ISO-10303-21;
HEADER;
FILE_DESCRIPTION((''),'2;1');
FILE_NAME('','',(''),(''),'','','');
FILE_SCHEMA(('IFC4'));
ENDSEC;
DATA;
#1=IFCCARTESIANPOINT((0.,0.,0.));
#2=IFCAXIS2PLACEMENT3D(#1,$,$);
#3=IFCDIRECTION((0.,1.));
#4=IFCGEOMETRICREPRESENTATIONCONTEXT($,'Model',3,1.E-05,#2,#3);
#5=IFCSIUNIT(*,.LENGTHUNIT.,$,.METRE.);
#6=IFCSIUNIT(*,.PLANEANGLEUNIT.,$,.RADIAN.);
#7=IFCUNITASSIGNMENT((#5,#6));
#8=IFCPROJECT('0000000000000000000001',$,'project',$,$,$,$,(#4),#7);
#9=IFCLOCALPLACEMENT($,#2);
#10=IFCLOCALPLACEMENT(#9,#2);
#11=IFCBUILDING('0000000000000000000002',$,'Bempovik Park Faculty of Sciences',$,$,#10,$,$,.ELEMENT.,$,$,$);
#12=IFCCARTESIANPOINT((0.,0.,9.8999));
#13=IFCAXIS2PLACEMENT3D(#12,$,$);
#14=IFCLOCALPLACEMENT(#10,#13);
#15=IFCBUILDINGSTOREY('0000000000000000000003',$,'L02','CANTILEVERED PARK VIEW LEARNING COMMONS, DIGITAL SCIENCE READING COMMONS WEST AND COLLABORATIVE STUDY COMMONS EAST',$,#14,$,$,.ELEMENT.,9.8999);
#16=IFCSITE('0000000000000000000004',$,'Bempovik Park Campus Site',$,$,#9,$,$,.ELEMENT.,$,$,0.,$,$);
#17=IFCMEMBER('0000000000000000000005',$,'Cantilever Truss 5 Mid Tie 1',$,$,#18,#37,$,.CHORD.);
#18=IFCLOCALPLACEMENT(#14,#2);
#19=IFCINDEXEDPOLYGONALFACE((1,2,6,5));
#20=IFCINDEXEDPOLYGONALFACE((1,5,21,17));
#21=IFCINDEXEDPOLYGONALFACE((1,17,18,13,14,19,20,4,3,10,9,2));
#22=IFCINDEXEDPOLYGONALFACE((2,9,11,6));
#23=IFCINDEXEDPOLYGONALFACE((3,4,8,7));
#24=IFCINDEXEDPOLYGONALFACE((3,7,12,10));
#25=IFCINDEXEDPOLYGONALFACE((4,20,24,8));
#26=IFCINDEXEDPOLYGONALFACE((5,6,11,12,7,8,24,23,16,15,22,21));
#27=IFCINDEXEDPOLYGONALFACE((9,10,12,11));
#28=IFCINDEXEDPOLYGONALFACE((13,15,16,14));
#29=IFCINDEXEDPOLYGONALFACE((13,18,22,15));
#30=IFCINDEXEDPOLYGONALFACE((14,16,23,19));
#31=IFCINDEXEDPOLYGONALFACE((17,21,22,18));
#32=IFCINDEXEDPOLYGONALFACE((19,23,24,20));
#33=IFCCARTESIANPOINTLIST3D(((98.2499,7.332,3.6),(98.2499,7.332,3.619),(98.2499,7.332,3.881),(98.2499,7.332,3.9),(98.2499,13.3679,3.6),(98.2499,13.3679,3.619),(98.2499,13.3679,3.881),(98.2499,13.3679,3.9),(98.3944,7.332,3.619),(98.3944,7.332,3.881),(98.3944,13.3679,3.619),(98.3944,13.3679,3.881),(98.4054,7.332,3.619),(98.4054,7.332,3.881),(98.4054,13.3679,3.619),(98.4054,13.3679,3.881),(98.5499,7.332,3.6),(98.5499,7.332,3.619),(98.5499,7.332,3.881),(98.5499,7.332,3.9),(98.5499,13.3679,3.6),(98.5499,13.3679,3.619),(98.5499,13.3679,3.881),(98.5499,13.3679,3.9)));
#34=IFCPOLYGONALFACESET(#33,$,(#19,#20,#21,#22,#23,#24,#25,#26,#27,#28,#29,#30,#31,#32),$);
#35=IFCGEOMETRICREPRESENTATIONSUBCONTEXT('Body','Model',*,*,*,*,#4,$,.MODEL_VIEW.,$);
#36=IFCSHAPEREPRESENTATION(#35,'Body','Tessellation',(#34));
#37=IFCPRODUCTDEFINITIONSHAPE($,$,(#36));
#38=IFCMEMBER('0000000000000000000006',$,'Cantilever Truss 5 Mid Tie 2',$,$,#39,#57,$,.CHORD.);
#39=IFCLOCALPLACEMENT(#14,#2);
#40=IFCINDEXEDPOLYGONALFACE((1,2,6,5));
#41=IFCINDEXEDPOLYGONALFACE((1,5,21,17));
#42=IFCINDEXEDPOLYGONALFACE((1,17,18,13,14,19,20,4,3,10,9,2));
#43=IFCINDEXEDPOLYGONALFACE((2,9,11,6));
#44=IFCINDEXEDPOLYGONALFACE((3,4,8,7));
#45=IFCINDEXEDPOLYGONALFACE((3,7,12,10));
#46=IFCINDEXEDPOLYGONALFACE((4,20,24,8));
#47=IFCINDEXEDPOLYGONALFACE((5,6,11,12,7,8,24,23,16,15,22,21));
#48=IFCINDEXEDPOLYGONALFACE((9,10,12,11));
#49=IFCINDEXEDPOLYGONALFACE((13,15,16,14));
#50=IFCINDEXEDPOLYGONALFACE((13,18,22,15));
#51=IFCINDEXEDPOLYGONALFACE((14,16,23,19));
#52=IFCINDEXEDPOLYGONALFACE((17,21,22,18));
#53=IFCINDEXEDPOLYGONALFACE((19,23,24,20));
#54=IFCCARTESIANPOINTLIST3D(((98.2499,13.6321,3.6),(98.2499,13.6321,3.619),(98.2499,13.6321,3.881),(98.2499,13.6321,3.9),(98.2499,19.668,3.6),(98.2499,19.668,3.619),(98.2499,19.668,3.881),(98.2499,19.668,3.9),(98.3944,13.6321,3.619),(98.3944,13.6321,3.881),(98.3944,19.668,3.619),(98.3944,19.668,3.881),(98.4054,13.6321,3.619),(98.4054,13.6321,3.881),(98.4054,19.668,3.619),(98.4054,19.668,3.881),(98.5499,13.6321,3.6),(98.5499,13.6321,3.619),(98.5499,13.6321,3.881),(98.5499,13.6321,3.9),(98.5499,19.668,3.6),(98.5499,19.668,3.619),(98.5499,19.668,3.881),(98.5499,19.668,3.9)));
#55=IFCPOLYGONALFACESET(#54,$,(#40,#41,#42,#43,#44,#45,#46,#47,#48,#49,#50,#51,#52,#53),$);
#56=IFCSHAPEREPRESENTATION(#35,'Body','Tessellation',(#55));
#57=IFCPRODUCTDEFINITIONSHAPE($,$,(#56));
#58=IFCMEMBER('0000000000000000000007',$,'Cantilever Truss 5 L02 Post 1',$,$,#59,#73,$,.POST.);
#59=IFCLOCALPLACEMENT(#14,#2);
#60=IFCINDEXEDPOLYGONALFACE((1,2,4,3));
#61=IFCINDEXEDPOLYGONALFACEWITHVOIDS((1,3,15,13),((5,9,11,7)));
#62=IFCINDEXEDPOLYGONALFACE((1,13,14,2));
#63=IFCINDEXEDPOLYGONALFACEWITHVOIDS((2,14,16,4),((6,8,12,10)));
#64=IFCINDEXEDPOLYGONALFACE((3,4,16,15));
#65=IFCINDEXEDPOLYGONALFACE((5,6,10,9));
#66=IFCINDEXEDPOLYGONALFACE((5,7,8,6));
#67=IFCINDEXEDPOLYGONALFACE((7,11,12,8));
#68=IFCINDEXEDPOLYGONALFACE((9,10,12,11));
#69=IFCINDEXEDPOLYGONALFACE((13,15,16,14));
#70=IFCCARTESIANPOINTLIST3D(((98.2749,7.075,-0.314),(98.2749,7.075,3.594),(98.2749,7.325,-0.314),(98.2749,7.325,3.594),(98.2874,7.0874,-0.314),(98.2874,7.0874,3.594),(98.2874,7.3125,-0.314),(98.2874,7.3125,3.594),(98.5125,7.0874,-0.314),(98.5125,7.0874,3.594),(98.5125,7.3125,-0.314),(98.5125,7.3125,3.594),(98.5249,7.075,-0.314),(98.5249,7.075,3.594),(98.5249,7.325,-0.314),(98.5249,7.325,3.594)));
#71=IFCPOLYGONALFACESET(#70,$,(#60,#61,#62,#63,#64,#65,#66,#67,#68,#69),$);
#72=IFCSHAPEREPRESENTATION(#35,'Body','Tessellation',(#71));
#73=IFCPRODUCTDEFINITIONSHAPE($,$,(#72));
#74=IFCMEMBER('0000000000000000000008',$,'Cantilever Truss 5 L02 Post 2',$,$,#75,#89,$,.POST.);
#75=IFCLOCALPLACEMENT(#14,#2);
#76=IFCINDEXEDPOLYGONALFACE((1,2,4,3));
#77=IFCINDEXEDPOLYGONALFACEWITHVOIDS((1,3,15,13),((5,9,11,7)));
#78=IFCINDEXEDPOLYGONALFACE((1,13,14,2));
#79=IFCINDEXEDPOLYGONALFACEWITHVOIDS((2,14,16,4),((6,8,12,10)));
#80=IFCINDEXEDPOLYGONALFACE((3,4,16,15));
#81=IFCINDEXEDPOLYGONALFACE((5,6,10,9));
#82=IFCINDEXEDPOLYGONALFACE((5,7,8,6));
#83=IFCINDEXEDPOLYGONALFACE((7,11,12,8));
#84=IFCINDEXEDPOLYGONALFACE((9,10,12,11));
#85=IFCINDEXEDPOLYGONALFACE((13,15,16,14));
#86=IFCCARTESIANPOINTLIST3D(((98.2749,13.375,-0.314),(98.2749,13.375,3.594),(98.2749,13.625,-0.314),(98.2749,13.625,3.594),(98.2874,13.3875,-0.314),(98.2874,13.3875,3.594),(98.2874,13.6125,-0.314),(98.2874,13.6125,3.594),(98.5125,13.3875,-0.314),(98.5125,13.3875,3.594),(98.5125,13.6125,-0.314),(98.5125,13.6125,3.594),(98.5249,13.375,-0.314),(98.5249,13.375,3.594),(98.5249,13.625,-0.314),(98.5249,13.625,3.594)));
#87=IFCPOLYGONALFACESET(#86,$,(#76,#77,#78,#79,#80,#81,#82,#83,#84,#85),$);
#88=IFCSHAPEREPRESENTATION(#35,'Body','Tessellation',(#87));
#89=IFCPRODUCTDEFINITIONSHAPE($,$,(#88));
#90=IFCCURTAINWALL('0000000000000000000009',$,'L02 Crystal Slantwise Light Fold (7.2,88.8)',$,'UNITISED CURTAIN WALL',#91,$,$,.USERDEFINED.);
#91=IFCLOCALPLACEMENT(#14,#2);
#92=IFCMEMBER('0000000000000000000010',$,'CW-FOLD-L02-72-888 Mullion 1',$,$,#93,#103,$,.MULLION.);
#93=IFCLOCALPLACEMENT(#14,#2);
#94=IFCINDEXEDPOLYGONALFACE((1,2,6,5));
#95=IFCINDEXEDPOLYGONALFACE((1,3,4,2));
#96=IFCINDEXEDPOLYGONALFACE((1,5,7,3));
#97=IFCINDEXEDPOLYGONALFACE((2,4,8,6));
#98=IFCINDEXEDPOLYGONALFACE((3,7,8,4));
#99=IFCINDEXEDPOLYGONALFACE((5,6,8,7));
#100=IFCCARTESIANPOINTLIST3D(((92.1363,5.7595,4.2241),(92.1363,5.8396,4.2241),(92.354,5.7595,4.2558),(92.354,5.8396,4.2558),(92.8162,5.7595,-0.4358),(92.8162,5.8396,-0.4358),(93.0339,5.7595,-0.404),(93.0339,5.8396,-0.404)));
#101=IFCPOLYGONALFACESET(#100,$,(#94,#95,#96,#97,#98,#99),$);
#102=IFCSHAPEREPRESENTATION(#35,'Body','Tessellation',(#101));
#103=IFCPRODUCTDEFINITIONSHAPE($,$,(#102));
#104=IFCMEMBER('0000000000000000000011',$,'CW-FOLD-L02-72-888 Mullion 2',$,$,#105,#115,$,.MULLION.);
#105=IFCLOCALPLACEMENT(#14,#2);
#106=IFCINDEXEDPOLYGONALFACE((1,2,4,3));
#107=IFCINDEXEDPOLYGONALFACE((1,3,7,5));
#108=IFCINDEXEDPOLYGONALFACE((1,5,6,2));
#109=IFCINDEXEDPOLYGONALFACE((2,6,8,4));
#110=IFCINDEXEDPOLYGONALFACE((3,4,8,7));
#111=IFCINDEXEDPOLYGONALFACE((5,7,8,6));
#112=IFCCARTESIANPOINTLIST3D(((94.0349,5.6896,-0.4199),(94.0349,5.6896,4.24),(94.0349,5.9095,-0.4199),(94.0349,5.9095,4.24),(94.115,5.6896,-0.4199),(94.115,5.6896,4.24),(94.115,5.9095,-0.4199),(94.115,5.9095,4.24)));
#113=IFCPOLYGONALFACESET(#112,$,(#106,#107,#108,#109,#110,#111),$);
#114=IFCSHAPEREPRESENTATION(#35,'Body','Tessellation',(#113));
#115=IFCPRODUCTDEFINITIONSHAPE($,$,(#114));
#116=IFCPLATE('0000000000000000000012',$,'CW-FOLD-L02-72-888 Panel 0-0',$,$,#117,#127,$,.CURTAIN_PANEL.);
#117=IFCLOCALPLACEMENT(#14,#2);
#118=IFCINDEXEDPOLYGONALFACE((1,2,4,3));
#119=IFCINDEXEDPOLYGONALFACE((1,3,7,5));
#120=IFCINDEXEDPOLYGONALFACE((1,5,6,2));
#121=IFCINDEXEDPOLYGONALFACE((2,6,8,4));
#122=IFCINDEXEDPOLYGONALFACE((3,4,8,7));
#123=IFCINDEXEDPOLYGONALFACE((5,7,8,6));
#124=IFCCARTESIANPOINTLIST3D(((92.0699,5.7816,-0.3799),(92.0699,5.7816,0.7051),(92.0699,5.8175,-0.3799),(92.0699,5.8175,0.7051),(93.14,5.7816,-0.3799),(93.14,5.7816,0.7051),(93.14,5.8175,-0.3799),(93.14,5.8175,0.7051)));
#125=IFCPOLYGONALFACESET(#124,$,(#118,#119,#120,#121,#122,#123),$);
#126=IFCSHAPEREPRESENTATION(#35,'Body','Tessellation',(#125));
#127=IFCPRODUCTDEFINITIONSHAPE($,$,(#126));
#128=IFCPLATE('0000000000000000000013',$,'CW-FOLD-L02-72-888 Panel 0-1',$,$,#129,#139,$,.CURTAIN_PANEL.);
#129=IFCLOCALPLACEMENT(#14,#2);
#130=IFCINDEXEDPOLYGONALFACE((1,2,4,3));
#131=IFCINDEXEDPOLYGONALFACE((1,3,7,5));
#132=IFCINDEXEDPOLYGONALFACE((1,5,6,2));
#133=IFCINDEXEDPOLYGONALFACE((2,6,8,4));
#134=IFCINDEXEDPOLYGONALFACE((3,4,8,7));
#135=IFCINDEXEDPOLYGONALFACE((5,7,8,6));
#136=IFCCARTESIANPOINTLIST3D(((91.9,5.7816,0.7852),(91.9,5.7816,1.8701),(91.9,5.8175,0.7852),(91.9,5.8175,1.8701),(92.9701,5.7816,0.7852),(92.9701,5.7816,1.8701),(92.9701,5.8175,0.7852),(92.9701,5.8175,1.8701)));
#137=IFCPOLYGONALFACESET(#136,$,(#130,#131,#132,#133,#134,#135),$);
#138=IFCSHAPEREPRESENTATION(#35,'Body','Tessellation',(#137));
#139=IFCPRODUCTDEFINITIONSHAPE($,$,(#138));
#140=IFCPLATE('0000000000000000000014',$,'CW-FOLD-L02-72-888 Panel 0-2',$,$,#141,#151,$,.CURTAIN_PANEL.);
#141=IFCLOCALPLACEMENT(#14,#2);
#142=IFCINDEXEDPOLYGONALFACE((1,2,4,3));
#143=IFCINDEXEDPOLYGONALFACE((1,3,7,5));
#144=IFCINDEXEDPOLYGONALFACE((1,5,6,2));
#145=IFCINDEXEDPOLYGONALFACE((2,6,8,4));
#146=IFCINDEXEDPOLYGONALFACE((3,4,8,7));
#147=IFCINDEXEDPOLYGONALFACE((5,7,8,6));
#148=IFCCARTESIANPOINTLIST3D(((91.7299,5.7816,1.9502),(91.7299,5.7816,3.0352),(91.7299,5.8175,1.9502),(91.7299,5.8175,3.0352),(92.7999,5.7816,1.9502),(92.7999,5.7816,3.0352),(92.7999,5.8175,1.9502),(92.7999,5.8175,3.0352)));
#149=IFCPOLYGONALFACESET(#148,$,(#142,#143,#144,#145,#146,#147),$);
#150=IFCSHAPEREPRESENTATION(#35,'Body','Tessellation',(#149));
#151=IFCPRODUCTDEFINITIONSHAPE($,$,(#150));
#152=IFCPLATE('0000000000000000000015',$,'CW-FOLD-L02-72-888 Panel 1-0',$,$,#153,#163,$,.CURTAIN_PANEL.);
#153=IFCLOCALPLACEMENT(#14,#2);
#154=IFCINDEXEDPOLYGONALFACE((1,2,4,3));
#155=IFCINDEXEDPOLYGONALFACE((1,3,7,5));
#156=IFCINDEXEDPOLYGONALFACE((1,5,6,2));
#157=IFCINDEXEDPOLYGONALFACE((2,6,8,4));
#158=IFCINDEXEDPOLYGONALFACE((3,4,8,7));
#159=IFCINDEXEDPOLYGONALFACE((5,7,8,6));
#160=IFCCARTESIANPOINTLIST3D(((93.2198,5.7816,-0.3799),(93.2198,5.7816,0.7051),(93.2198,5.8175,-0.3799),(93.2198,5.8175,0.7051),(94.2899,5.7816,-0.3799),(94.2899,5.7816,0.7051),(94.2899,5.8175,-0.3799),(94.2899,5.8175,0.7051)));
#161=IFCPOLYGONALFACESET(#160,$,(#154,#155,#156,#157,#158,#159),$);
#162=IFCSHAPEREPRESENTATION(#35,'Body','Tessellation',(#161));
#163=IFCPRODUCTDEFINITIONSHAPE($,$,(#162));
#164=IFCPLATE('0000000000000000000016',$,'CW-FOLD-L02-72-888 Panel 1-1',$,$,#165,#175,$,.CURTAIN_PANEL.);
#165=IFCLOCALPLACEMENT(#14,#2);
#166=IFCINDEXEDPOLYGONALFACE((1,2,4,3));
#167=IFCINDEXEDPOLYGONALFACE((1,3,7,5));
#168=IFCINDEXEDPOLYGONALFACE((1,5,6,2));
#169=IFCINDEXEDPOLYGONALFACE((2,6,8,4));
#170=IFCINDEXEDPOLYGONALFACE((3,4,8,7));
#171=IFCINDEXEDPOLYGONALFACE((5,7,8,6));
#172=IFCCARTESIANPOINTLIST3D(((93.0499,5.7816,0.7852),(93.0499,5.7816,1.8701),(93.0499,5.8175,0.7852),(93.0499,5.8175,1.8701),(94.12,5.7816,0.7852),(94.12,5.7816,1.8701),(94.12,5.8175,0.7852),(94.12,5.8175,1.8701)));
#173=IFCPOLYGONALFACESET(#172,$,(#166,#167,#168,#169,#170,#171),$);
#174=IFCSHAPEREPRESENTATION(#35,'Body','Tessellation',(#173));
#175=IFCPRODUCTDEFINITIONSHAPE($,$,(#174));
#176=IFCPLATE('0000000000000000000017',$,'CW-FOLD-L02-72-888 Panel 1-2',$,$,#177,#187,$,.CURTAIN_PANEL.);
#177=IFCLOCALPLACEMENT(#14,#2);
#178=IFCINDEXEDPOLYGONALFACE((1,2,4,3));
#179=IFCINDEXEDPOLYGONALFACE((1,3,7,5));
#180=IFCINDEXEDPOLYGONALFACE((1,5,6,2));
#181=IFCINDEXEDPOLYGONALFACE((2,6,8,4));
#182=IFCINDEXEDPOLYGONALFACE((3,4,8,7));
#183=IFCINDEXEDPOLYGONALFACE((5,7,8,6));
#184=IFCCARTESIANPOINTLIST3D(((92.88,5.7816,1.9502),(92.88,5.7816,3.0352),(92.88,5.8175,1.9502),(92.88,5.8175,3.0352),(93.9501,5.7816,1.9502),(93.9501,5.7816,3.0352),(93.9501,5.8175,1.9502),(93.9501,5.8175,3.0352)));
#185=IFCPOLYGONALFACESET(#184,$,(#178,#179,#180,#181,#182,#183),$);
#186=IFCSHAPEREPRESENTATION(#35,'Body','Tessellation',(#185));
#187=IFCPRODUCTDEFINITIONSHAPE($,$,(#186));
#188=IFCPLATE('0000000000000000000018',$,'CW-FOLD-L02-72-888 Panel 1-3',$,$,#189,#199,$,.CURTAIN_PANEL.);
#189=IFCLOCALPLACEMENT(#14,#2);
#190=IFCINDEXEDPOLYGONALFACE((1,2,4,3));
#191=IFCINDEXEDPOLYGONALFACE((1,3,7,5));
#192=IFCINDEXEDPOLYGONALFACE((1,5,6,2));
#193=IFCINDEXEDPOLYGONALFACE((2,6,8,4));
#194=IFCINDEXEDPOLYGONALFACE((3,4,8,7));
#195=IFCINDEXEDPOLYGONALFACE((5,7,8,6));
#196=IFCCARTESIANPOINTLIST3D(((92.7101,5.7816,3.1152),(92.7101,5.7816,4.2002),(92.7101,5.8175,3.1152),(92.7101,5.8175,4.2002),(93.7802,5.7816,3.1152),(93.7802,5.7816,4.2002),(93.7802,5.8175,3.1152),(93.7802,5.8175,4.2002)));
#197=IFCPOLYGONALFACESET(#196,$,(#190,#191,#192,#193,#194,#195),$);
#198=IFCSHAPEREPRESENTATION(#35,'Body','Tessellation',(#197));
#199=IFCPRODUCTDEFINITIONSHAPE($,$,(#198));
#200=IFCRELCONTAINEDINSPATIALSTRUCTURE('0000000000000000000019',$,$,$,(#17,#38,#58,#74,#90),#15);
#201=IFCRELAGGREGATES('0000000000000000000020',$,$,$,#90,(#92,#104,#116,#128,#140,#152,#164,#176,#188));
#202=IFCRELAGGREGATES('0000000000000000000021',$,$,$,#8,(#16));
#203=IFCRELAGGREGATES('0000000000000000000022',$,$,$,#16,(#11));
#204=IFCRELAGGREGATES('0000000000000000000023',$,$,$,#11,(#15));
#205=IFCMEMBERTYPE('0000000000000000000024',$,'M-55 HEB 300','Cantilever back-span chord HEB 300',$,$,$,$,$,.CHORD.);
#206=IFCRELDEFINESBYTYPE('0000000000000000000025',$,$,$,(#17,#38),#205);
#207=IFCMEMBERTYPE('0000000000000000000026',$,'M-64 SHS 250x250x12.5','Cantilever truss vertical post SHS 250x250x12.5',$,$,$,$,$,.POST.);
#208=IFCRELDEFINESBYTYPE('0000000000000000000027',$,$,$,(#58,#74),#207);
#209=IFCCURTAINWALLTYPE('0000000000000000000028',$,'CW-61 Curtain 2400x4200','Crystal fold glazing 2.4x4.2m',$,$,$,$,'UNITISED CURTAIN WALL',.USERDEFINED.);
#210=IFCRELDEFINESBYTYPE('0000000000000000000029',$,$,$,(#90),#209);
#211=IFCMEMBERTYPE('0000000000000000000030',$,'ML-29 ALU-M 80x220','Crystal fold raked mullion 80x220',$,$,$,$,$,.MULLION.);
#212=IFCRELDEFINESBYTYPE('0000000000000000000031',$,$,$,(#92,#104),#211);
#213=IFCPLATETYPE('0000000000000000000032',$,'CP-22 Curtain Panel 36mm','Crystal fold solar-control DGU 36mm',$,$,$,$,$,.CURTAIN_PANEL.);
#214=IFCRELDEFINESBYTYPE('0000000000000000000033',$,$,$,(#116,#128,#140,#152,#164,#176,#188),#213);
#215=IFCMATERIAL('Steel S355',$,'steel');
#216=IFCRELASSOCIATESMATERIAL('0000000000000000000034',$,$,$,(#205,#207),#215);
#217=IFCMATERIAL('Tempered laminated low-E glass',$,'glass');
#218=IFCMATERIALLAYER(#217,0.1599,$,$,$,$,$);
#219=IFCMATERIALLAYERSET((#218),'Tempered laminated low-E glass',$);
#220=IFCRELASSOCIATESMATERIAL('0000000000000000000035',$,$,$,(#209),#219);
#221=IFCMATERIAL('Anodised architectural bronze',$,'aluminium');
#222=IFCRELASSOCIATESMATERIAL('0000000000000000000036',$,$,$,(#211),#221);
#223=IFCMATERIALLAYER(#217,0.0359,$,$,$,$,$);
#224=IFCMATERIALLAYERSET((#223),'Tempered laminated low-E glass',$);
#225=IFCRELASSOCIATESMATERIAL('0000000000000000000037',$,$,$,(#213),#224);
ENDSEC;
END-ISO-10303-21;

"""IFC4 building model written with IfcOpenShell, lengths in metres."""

from ifc_helpers import new_model, si_unit, direction, frame, origin, origin_2d, place, context, subcontext, project, spatial, rectangle, hollow_rectangle, i_section, extrude, material, layer, layer_set, material_profile, profile_set, type_object, element, aggregate, save


model = new_model("IFC4")

# Units and contexts
model_context = context("Model", 3, precision=1e-05, world=origin(), true_north=direction((0.0, 1.0)))
body_context = subcontext(model_context, "Body", "Model", "MODEL_VIEW")
ifc_project = project(units=[si_unit("LENGTHUNIT", "METRE"), si_unit("PLANEANGLEUNIT", "RADIAN")], contexts=[model_context])

# Site, building, storey
site_placement = place(None, origin())
site = spatial("IfcSite", under=ifc_project, at=site_placement, Name="Bempovik Park Campus Site", CompositionType="ELEMENT", RefElevation=0.0)
building_placement = place(site_placement, origin())
building = spatial("IfcBuilding", under=site, at=building_placement, Name="Bempovik Park Faculty of Sciences", CompositionType="ELEMENT")
storey_placement = place(building_placement, frame((0.0, 0.0, 9.8999)))
storey = spatial("IfcBuildingStorey", under=building, at=storey_placement, Name="L02", Description="CANTILEVERED PARK VIEW LEARNING COMMONS, DIGITAL SCIENCE READING COMMONS WEST AND COLLABORATIVE STUDY COMMONS EAST", CompositionType="ELEMENT", Elevation=9.8999)

# Shared definitions
ifc_material_1 = material(Name="Steel S355", Category="steel")

# Members
ifc_material_profile_1 = material_profile(ifc_material_1, i_section(OverallWidth=0.3, OverallDepth=0.3, WebThickness=0.011, FlangeThickness=0.019, at=origin_2d()), Name="HEB 300")
ifc_profile_set_1 = profile_set([ifc_material_profile_1], Name="Steel S355")
member_type_1 = type_object("IfcMemberType", Name="M-55 HEB 300", Description="Cantilever back-span chord HEB 300", PredefinedType="CHORD", material=ifc_profile_set_1)
for number, where, z_axis, x_axis, name in (
    (1, (98.3999, 7.332, 3.75), (0.0, 1.0, 0.0), (-1.0, 0.0, 0.0), "Cantilever Truss 5 Mid Tie 1"),
    (2, (98.3999, 13.6321, 3.75), (0.0, 1.0, 0.0), (-1.0, 0.0, 0.0), "Cantilever Truss 5 Mid Tie 2"),
):
    element("IfcMember", number, at=place(storey_placement, frame(where, z_axis=z_axis, x_axis=x_axis)), inside=storey, type_object=member_type_1, Name=name, PredefinedType="CHORD", context=body_context, shape_type="SweptSolid", body=[
        extrude(i_section(OverallWidth=0.3, OverallDepth=0.3, WebThickness=0.011, FlangeThickness=0.019, at=origin_2d()), origin(), (0.0, 0.0, 1.0), 6.0359),
    ])
ifc_material_profile_2 = material_profile(ifc_material_1, hollow_rectangle(XDim=0.25, YDim=0.25, WallThickness=0.0125, at=origin_2d()), Name="SHS 250x250x12.5")
ifc_profile_set_2 = profile_set([ifc_material_profile_2], Name="Steel S355")
member_type_2 = type_object("IfcMemberType", Name="M-64 SHS 250x250x12.5", Description="Cantilever truss vertical post SHS 250x250x12.5", PredefinedType="POST", material=ifc_profile_set_2)
for number, where, z_axis, x_axis, name in (
    (3, (98.3999, 7.2, -0.314), (0.0, 0.0, 1.0), (1.0, 0.0, 0.0), "Cantilever Truss 5 L02 Post 1"),
    (4, (98.3999, 13.5, -0.314), (0.0, 0.0, 1.0), (1.0, 0.0, 0.0), "Cantilever Truss 5 L02 Post 2"),
):
    element("IfcMember", number, at=place(storey_placement, frame(where, z_axis=z_axis, x_axis=x_axis)), inside=storey, type_object=member_type_2, Name=name, PredefinedType="POST", context=body_context, shape_type="SweptSolid", body=[
        extrude(hollow_rectangle(XDim=0.25, YDim=0.25, WallThickness=0.0125, at=origin_2d()), origin(), (0.0, 0.0, 1.0), 3.908),
    ])

# Curtain wall, members, plates
ifc_material_2 = material(Name="Tempered laminated low-E glass", Category="glass")
ifc_layer_1 = layer(ifc_material_2, 0.1599)
ifc_layer_set_1 = layer_set([ifc_layer_1], Name="Tempered laminated low-E glass")
curtain_wall_type = type_object("IfcCurtainWallType", Name="CW-61 Curtain 2400x4200", Description="Crystal fold glazing 2.4x4.2m", ElementType="UNITISED CURTAIN WALL", PredefinedType="USERDEFINED", material=ifc_layer_set_1)
curtain_wall_placement = place(storey_placement, origin())
curtain_wall = element("IfcCurtainWall", 5, at=curtain_wall_placement, inside=storey, type_object=curtain_wall_type, Name="L02 Crystal Slantwise Light Fold (7.2,88.8)", ObjectType="UNITISED CURTAIN WALL", PredefinedType="USERDEFINED")
ifc_material_3 = material(Name="Anodised architectural bronze", Category="aluminium")
ifc_material_profile_3 = material_profile(ifc_material_3, rectangle(XDim=0.0801, YDim=0.22, at=origin_2d()), Name="ALU-M 80x220")
ifc_profile_set_3 = profile_set([ifc_material_profile_3], Name="Anodised architectural bronze")
member_type_3 = type_object("IfcMemberType", Name="ML-29 ALU-M 80x220", Description="Crystal fold raked mullion 80x220", PredefinedType="MULLION", material=ifc_profile_set_3)
member_1_placement = place(storey_placement, frame((92.925, 5.7996, -0.4199), z_axis=(-0.144382, 0.0, 0.989522), x_axis=(0.0, -1.0, 0.0)))
member_1 = element("IfcMember", 6, at=member_1_placement, type_object=member_type_3, Name="CW-FOLD-L02-72-888 Mullion 1", PredefinedType="MULLION", context=body_context, shape_type="SweptSolid", body=[
    extrude(rectangle(XDim=0.0801, YDim=0.22, at=origin_2d()), origin(), (0.0, 0.0, 1.0), 4.7092),
])
member_2_placement = place(storey_placement, frame((94.075, 5.7996, -0.4199), z_axis=(0.0, 0.0, 1.0), x_axis=(1.0, 0.0, 0.0)))
member_2 = element("IfcMember", 7, at=member_2_placement, type_object=member_type_3, Name="CW-FOLD-L02-72-888 Mullion 2", PredefinedType="MULLION", context=body_context, shape_type="SweptSolid", body=[
    extrude(rectangle(XDim=0.0801, YDim=0.22, at=origin_2d()), origin(), (0.0, 0.0, 1.0), 4.6599),
])
ifc_layer_2 = layer(ifc_material_2, 0.0359)
ifc_layer_set_2 = layer_set([ifc_layer_2], Name="Tempered laminated low-E glass")
plate_type_1 = type_object("IfcPlateType", Name="CP-22 Curtain Panel 36mm", Description="Crystal fold solar-control DGU 36mm", PredefinedType="CURTAIN_PANEL", material=ifc_layer_set_2)
plate_1_placement = place(storey_placement, frame((92.605, 5.7996, -0.3799), z_axis=(0.0, 0.0, 1.0), x_axis=(1.0, 0.0, 0.0)))
plate_1 = element("IfcPlate", 8, at=plate_1_placement, type_object=plate_type_1, Name="CW-FOLD-L02-72-888 Panel 0-0", PredefinedType="CURTAIN_PANEL", context=body_context, shape_type="SweptSolid", body=[
    extrude(rectangle(XDim=1.0701, YDim=0.0359, at=origin_2d()), origin(), (0.0, 0.0, 1.0), 1.085),
])
plate_2_placement = place(storey_placement, frame((92.4351, 5.7996, 0.7852), z_axis=(0.0, 0.0, 1.0), x_axis=(1.0, 0.0, 0.0)))
plate_2 = element("IfcPlate", 9, at=plate_2_placement, type_object=plate_type_1, Name="CW-FOLD-L02-72-888 Panel 0-1", PredefinedType="CURTAIN_PANEL", context=body_context, shape_type="SweptSolid", body=[
    extrude(rectangle(XDim=1.0701, YDim=0.0359, at=origin_2d()), origin(), (0.0, 0.0, 1.0), 1.085),
])
plate_3_placement = place(storey_placement, frame((92.2649, 5.7996, 1.9502), z_axis=(0.0, 0.0, 1.0), x_axis=(1.0, 0.0, 0.0)))
plate_3 = element("IfcPlate", 10, at=plate_3_placement, type_object=plate_type_1, Name="CW-FOLD-L02-72-888 Panel 0-2", PredefinedType="CURTAIN_PANEL", context=body_context, shape_type="SweptSolid", body=[
    extrude(rectangle(XDim=1.0701, YDim=0.0359, at=origin_2d()), origin(), (0.0, 0.0, 1.0), 1.085),
])
plate_4_placement = place(storey_placement, frame((93.7549, 5.7996, -0.3799), z_axis=(0.0, 0.0, 1.0), x_axis=(1.0, 0.0, 0.0)))
plate_4 = element("IfcPlate", 11, at=plate_4_placement, type_object=plate_type_1, Name="CW-FOLD-L02-72-888 Panel 1-0", PredefinedType="CURTAIN_PANEL", context=body_context, shape_type="SweptSolid", body=[
    extrude(rectangle(XDim=1.0701, YDim=0.0359, at=origin_2d()), origin(), (0.0, 0.0, 1.0), 1.085),
])
plate_5_placement = place(storey_placement, frame((93.585, 5.7996, 0.7852), z_axis=(0.0, 0.0, 1.0), x_axis=(1.0, 0.0, 0.0)))
plate_5 = element("IfcPlate", 12, at=plate_5_placement, type_object=plate_type_1, Name="CW-FOLD-L02-72-888 Panel 1-1", PredefinedType="CURTAIN_PANEL", context=body_context, shape_type="SweptSolid", body=[
    extrude(rectangle(XDim=1.0701, YDim=0.0359, at=origin_2d()), origin(), (0.0, 0.0, 1.0), 1.085),
])
plate_6_placement = place(storey_placement, frame((93.415, 5.7996, 1.9502), z_axis=(0.0, 0.0, 1.0), x_axis=(1.0, 0.0, 0.0)))
plate_6 = element("IfcPlate", 13, at=plate_6_placement, type_object=plate_type_1, Name="CW-FOLD-L02-72-888 Panel 1-2", PredefinedType="CURTAIN_PANEL", context=body_context, shape_type="SweptSolid", body=[
    extrude(rectangle(XDim=1.0701, YDim=0.0359, at=origin_2d()), origin(), (0.0, 0.0, 1.0), 1.085),
])
plate_7_placement = place(storey_placement, frame((93.2451, 5.7996, 3.1152), z_axis=(0.0, 0.0, 1.0), x_axis=(1.0, 0.0, 0.0)))
plate_7 = element("IfcPlate", 14, at=plate_7_placement, type_object=plate_type_1, Name="CW-FOLD-L02-72-888 Panel 1-3", PredefinedType="CURTAIN_PANEL", context=body_context, shape_type="SweptSolid", body=[
    extrude(rectangle(XDim=1.0701, YDim=0.0359, at=origin_2d()), origin(), (0.0, 0.0, 1.0), 1.085),
])
aggregate(curtain_wall, [member_1, member_2, plate_1, plate_2, plate_3, plate_4, plate_5, plate_6, plate_7])

save(model, "model.ifc")
